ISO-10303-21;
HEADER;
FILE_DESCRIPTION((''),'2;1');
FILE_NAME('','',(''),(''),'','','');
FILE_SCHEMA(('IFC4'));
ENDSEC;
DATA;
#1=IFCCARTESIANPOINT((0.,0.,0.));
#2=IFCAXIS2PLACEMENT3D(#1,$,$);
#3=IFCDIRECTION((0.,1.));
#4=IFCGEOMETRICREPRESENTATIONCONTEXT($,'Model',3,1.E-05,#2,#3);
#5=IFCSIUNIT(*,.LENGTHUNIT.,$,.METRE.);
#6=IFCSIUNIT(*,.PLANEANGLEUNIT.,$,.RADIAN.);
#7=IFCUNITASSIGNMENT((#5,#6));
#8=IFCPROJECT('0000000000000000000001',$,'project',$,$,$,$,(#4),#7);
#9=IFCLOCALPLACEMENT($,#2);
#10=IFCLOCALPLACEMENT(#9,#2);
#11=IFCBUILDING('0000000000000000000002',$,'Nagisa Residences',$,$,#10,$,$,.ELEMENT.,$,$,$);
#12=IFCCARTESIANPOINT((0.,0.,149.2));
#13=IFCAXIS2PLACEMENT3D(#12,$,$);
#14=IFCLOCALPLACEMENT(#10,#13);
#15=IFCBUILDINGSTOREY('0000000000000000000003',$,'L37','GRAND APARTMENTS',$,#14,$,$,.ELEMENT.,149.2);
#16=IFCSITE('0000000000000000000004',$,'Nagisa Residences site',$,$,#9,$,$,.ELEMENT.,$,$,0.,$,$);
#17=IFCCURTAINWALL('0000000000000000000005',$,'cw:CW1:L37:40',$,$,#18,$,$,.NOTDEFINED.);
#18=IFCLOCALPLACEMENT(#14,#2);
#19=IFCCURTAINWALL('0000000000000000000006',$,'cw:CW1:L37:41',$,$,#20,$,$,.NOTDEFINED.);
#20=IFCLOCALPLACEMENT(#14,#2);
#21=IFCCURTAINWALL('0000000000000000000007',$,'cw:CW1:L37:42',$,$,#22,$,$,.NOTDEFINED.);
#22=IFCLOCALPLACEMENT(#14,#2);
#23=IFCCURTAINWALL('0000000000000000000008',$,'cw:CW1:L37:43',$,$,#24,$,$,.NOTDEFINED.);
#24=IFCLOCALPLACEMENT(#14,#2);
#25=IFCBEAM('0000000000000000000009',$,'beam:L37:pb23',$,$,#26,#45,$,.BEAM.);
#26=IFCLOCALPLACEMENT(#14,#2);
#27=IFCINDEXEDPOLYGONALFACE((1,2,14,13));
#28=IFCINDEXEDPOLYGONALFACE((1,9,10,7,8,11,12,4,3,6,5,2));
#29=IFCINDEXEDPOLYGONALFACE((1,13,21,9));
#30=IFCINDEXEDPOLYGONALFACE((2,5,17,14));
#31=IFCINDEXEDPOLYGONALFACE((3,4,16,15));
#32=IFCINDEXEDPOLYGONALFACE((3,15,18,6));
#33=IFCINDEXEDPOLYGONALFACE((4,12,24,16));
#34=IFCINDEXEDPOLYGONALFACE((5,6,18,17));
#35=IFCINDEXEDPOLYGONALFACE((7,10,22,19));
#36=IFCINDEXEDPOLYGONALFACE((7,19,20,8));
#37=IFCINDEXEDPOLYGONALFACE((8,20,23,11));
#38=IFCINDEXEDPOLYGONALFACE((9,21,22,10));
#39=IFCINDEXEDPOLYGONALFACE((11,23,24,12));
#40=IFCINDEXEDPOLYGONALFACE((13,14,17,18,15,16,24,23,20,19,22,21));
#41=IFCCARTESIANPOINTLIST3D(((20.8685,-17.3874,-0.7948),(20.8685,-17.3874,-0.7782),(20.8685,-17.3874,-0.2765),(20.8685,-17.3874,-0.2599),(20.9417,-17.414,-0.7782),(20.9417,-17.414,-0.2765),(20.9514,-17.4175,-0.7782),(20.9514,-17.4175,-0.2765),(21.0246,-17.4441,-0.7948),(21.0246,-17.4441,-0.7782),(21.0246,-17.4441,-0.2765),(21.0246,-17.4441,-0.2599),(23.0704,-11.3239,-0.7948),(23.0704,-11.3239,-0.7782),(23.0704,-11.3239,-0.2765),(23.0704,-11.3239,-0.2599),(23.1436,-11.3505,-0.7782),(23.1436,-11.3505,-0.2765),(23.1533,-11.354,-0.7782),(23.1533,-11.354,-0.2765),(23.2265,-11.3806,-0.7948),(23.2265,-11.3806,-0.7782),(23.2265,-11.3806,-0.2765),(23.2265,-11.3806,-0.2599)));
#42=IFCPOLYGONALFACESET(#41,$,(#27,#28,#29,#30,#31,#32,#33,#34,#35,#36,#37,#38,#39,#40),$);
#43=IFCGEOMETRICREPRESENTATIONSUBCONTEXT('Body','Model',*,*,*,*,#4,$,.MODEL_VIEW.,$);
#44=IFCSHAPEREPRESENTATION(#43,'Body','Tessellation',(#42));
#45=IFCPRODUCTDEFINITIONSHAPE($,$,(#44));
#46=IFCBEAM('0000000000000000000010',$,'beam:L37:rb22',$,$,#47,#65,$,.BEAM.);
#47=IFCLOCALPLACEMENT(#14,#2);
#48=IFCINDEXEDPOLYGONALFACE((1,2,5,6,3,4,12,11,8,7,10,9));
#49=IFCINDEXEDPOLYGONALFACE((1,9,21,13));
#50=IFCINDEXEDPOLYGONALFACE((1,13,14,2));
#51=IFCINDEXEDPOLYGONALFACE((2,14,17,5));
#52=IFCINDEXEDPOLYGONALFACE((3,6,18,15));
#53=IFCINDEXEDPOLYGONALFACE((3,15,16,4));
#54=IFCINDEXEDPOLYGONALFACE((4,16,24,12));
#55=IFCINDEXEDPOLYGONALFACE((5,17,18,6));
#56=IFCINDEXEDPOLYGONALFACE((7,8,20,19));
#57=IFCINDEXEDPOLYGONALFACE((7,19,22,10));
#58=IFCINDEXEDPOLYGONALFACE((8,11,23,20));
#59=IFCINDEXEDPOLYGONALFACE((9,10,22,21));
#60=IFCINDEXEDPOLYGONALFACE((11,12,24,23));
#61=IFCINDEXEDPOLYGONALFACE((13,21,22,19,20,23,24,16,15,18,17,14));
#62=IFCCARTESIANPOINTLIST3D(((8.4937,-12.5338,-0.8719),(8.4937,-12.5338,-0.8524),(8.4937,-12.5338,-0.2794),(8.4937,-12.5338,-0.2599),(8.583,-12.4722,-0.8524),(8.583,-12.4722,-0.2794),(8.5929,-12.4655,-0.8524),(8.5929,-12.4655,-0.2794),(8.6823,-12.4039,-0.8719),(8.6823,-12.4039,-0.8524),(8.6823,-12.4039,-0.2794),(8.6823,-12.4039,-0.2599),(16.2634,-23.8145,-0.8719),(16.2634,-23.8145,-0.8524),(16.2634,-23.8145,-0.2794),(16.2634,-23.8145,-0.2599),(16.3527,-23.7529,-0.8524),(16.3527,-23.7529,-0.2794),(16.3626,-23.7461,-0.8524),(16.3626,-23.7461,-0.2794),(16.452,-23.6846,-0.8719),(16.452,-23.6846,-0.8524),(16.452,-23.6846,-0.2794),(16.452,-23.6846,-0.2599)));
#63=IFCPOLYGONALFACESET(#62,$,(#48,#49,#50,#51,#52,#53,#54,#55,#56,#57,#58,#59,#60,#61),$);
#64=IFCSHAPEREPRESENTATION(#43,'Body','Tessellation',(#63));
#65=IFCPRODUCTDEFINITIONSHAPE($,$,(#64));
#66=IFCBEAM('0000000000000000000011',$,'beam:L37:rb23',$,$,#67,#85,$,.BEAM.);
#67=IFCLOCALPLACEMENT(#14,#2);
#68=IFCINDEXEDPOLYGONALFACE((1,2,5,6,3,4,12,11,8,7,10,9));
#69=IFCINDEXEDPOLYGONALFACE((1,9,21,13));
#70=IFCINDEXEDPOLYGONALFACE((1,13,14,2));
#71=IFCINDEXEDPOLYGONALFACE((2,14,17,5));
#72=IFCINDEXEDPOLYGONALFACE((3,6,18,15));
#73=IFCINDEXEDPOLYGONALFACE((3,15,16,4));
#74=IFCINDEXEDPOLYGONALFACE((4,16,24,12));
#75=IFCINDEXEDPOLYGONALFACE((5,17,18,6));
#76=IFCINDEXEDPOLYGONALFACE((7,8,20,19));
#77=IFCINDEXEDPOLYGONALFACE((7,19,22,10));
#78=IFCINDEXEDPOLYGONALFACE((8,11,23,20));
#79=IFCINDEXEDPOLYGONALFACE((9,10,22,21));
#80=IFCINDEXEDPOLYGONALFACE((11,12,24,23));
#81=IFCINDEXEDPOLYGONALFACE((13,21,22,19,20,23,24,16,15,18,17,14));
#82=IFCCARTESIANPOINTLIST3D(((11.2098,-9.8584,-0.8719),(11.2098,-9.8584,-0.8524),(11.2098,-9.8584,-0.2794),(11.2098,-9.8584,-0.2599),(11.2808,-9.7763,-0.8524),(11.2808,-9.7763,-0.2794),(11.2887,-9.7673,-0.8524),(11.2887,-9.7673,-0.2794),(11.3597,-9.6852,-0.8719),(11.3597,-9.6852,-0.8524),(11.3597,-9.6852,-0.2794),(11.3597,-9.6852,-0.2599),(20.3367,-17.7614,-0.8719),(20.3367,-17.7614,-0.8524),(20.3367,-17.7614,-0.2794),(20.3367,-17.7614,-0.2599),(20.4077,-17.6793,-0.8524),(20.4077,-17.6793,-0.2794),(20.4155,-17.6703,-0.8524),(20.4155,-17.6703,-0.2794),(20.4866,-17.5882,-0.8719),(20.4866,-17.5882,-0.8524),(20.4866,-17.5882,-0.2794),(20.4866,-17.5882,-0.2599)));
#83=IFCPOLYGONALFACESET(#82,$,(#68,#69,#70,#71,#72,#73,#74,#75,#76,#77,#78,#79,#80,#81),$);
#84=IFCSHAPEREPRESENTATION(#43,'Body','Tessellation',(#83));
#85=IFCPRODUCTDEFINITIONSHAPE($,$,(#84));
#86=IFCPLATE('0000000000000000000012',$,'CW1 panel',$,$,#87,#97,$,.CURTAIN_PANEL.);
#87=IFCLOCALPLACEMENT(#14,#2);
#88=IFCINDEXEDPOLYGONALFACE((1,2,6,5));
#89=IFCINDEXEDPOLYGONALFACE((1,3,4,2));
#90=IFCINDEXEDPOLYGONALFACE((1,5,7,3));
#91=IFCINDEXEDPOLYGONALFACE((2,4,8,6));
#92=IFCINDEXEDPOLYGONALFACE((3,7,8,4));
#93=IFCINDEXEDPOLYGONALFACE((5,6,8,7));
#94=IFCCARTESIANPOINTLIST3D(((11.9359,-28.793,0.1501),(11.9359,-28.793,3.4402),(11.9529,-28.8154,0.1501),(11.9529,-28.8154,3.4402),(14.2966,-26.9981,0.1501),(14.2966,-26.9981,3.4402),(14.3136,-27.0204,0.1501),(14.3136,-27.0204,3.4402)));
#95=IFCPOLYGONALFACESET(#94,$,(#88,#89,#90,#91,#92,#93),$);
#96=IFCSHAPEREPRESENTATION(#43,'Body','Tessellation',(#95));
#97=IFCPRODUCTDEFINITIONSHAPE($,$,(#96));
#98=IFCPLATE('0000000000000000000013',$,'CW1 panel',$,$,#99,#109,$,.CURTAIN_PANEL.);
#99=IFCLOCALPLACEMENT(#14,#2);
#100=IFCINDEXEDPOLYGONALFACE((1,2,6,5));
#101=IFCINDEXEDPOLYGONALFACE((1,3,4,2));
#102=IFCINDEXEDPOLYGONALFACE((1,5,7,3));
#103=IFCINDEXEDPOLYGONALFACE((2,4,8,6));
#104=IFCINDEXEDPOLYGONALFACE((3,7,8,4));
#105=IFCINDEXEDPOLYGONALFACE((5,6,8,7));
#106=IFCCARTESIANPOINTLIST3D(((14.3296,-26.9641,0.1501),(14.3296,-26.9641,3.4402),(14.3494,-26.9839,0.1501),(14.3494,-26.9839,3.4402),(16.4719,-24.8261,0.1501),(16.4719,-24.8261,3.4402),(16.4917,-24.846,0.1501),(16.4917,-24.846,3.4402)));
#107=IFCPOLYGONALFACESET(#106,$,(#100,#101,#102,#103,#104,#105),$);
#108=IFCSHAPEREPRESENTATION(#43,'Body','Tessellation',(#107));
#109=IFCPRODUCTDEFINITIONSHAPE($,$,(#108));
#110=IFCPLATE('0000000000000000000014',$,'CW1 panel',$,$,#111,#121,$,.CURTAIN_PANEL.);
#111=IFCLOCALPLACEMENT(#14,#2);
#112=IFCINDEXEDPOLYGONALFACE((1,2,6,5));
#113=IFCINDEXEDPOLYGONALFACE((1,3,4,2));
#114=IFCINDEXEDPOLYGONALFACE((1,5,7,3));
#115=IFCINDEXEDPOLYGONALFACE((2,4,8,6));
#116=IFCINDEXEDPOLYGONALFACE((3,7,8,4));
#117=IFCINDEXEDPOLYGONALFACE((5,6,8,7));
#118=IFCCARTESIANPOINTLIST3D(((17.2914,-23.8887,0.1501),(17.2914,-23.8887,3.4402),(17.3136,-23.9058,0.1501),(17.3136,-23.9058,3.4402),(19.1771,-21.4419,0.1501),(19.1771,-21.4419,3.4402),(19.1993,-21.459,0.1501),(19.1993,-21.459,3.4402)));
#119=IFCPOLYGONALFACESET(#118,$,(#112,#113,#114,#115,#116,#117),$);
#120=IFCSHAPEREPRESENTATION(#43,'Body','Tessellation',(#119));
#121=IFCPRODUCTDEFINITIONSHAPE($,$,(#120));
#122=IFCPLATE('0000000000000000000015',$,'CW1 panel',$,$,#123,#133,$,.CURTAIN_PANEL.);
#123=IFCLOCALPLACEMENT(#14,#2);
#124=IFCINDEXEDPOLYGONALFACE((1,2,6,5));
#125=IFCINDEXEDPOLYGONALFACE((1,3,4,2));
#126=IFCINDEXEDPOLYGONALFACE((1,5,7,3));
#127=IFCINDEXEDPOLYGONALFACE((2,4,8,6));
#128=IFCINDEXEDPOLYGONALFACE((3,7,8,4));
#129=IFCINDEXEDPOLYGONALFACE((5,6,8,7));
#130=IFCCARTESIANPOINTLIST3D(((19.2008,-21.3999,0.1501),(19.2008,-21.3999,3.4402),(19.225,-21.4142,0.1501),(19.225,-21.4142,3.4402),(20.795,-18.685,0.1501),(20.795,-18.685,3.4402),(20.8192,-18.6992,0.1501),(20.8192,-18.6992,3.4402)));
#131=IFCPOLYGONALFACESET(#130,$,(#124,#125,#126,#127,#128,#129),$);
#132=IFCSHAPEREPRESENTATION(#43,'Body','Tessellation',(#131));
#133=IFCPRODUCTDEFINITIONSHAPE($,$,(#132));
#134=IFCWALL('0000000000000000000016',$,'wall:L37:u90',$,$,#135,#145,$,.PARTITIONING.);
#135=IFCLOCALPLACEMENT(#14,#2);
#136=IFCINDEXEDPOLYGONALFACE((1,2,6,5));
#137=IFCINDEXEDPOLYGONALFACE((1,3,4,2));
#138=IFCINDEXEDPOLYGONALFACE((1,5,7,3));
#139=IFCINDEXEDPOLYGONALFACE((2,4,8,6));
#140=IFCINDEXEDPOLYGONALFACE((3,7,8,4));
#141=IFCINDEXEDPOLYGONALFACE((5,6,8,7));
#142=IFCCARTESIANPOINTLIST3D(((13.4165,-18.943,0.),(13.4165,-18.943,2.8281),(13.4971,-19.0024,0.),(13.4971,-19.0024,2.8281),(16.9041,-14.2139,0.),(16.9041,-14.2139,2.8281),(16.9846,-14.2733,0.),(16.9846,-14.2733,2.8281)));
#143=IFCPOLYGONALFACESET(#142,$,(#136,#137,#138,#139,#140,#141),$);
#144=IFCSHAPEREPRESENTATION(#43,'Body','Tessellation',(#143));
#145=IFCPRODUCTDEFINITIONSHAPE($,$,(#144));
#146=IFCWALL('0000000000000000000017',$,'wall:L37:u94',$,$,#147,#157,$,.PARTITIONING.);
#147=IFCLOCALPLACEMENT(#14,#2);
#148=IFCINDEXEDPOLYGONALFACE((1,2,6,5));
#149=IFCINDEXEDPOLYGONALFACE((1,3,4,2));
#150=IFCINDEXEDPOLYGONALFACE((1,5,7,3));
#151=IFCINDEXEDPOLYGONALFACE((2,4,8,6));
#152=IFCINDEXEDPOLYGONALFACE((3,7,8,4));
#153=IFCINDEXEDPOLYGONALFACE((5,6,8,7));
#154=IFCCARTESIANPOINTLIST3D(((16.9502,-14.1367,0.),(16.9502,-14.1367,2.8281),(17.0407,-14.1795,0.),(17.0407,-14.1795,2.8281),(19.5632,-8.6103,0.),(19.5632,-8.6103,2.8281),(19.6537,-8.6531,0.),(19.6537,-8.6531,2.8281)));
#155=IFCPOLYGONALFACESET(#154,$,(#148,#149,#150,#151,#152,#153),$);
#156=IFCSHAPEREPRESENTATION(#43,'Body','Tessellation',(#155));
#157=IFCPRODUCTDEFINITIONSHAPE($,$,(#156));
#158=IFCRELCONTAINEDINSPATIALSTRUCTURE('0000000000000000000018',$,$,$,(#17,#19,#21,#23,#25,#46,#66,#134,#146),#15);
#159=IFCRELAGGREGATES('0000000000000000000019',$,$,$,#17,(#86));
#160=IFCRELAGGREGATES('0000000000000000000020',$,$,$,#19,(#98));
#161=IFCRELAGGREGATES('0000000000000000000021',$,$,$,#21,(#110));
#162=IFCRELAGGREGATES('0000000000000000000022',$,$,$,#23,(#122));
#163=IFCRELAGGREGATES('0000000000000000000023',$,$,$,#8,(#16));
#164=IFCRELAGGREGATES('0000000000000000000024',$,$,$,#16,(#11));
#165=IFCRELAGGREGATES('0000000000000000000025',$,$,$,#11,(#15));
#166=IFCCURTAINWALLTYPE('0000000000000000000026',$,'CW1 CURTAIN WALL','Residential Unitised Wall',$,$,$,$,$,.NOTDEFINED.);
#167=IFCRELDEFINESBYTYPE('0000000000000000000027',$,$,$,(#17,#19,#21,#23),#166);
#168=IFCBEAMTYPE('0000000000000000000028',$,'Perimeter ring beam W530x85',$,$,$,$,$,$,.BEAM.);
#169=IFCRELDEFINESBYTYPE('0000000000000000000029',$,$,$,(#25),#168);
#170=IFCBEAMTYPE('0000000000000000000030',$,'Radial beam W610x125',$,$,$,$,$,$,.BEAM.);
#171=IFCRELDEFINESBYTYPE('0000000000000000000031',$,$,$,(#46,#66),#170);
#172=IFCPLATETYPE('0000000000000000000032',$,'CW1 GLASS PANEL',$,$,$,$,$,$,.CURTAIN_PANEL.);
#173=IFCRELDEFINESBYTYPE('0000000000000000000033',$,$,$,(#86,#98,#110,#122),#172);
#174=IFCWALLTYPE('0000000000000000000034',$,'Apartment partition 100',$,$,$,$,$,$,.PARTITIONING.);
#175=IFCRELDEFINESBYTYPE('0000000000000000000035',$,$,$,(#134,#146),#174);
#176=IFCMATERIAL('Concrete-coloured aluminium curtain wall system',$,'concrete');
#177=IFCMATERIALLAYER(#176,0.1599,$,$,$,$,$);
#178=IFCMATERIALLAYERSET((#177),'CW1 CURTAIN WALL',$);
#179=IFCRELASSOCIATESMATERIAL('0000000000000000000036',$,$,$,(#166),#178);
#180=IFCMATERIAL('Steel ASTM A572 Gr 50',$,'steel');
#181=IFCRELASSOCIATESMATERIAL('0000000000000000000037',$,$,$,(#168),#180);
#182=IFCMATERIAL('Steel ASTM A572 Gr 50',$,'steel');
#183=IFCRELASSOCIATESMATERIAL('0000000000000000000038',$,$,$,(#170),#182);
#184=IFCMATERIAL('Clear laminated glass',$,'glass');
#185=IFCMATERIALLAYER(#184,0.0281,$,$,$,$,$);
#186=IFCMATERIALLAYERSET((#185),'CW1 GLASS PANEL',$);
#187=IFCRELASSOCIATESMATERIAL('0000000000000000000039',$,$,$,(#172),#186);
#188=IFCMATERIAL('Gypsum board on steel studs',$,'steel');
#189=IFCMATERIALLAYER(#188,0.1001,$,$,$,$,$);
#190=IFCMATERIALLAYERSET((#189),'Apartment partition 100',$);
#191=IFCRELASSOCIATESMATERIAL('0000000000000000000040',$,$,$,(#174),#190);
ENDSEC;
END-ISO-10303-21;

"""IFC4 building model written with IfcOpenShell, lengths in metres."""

from ifc_helpers import new_model, si_unit, direction, frame, frame_2d, origin, origin_2d, place, context, subcontext, project, spatial, rectangle, i_section, extrude, material, layer, layer_set, material_profile, profile_set, type_object, element, aggregate, save


model = new_model("IFC4")

# Units and contexts
model_context = context("Model", 3, precision=1e-05, world=origin(), true_north=direction((0.0, 1.0)))
body_context = subcontext(model_context, "Body", "Model", "MODEL_VIEW")
ifc_project = project(units=[si_unit("LENGTHUNIT", "METRE"), si_unit("PLANEANGLEUNIT", "RADIAN")], contexts=[model_context])

# Site, building, storey
site_placement = place(None, origin())
site = spatial("IfcSite", under=ifc_project, at=site_placement, Name="Nagisa Residences site", CompositionType="ELEMENT", RefElevation=0.0)
building_placement = place(site_placement, origin())
building = spatial("IfcBuilding", under=site, at=building_placement, Name="Nagisa Residences", CompositionType="ELEMENT")
storey_placement = place(building_placement, frame((0.0, 0.0, 149.2)))
storey = spatial("IfcBuildingStorey", under=building, at=storey_placement, Name="L37", Description="GRAND APARTMENTS", CompositionType="ELEMENT", Elevation=149.2)

# Curtain walls
ifc_material_1 = material(Name="Concrete-coloured aluminium curtain wall system", Category="concrete")
ifc_layer_1 = layer(ifc_material_1, 0.1599)
ifc_layer_set_1 = layer_set([ifc_layer_1], Name="CW1 CURTAIN WALL")
curtain_wall_type = type_object("IfcCurtainWallType", Name="CW1 CURTAIN WALL", Description="Residential Unitised Wall", PredefinedType="NOTDEFINED", material=ifc_layer_set_1)
curtain_wall_1_placement = place(storey_placement, origin())
curtain_wall_1 = element("IfcCurtainWall", 1, at=curtain_wall_1_placement, inside=storey, type_object=curtain_wall_type, Name="cw:CW1:L37:40", PredefinedType="NOTDEFINED")
curtain_wall_2_placement = place(storey_placement, origin())
curtain_wall_2 = element("IfcCurtainWall", 2, at=curtain_wall_2_placement, inside=storey, type_object=curtain_wall_type, Name="cw:CW1:L37:41", PredefinedType="NOTDEFINED")
curtain_wall_3_placement = place(storey_placement, origin())
curtain_wall_3 = element("IfcCurtainWall", 3, at=curtain_wall_3_placement, inside=storey, type_object=curtain_wall_type, Name="cw:CW1:L37:42", PredefinedType="NOTDEFINED")
curtain_wall_4_placement = place(storey_placement, origin())
curtain_wall_4 = element("IfcCurtainWall", 4, at=curtain_wall_4_placement, inside=storey, type_object=curtain_wall_type, Name="cw:CW1:L37:43", PredefinedType="NOTDEFINED")

# Beams
ifc_material_2 = material(Name="Steel ASTM A572 Gr 50", Category="steel")
ifc_material_profile_1 = material_profile(ifc_material_2, i_section(OverallWidth=0.166, OverallDepth=0.5349, WebThickness=0.0103, FlangeThickness=0.0166, at=origin_2d()), Name="W530x85")
ifc_profile_set_1 = profile_set([ifc_material_profile_1], Name="Steel ASTM A572 Gr 50")
beam_type_1 = type_object("IfcBeamType", Name="Perimeter ring beam W530x85", PredefinedType="BEAM", material=ifc_profile_set_1)
beam_1_placement = place(storey_placement, frame((20.9465, -17.4158, -0.5273), z_axis=(0.341333, 0.939943, 0.0), x_axis=(-0.939943, 0.341333, 0.0)))
element("IfcBeam", 5, at=beam_1_placement, inside=storey, type_object=beam_type_1, Name="beam:L37:pb23", PredefinedType="BEAM", context=body_context, shape_type="SweptSolid", body=[
    extrude(i_section(OverallWidth=0.166, OverallDepth=0.5349, WebThickness=0.0103, FlangeThickness=0.0166, at=origin_2d()), origin(), (0.0, 0.0, 1.0), 6.4509),
])
ifc_material_3 = material(Name="Steel ASTM A572 Gr 50", Category="steel")
ifc_material_profile_2 = material_profile(ifc_material_3, i_section(OverallWidth=0.229, OverallDepth=0.6121, WebThickness=0.012, FlangeThickness=0.0195, at=origin_2d()), Name="W610x125")
ifc_profile_set_2 = profile_set([ifc_material_profile_2], Name="Steel ASTM A572 Gr 50")
beam_type_2 = type_object("IfcBeamType", Name="Radial beam W610x125", PredefinedType="BEAM", material=ifc_profile_set_2)
beam_2_placement = place(storey_placement, frame((16.3577, -23.7495, -0.5659), z_axis=(-0.567235, 0.823556, 0.0), x_axis=(-0.823556, -0.567235, 0.0)))
element("IfcBeam", 6, at=beam_2_placement, inside=storey, type_object=beam_type_2, Name="beam:L37:rb22", PredefinedType="BEAM", context=body_context, shape_type="SweptSolid", body=[
    extrude(i_section(OverallWidth=0.229, OverallDepth=0.6121, WebThickness=0.012, FlangeThickness=0.0195, at=origin_2d()), origin(), (0.0, 0.0, 1.0), 13.6975),
])
beam_3_placement = place(storey_placement, frame((20.4116, -17.6748, -0.5659), z_axis=(-0.755974, 0.654602, 0.0), x_axis=(-0.654602, -0.755974, 0.0)))
element("IfcBeam", 7, at=beam_3_placement, inside=storey, type_object=beam_type_2, Name="beam:L37:rb23", PredefinedType="BEAM", context=body_context, shape_type="SweptSolid", body=[
    extrude(i_section(OverallWidth=0.229, OverallDepth=0.6121, WebThickness=0.012, FlangeThickness=0.0195, at=origin_2d()), origin(), (0.0, 0.0, 1.0), 12.073),
])

# Plates
ifc_material_4 = material(Name="Clear laminated glass", Category="glass")
ifc_layer_2 = layer(ifc_material_4, 0.0281)
ifc_layer_set_2 = layer_set([ifc_layer_2], Name="CW1 GLASS PANEL")
plate_type = type_object("IfcPlateType", Name="CW1 GLASS PANEL", PredefinedType="CURTAIN_PANEL", material=ifc_layer_set_2)
plate_1_placement = place(storey_placement, frame((13.1248, -27.9067, 0.1501), z_axis=(0.0, 0.0, 1.0), x_axis=(0.796031, 0.605255, 0.0)))
plate_1 = element("IfcPlate", 8, at=plate_1_placement, type_object=plate_type, Name="CW1 panel", PredefinedType="CURTAIN_PANEL", context=body_context, shape_type="SweptSolid", body=[
    extrude(rectangle(XDim=2.9656, YDim=0.0281, at=origin_2d()), origin(), (0.0, 0.0, 1.0), 3.29),
])
aggregate(curtain_wall_1, [plate_1])
plate_2_placement = place(storey_placement, frame((15.4106, -25.905, 0.1501), z_axis=(0.0, 0.0, 1.0), x_axis=(0.707836, 0.706377, 0.0)))
plate_2 = element("IfcPlate", 9, at=plate_2_placement, type_object=plate_type, Name="CW1 panel", PredefinedType="CURTAIN_PANEL", context=body_context, shape_type="SweptSolid", body=[
    extrude(rectangle(XDim=3.0266, YDim=0.0281, at=origin_2d()), origin(), (0.0, 0.0, 1.0), 3.29),
])
aggregate(curtain_wall_2, [plate_2])
plate_3_placement = place(storey_placement, frame((18.2454, -22.6738, 0.1501), z_axis=(0.0, 0.0, 1.0), x_axis=(0.61043, 0.79207, 0.0)))
plate_3 = element("IfcPlate", 10, at=plate_3_placement, type_object=plate_type, Name="CW1 panel", PredefinedType="CURTAIN_PANEL", context=body_context, shape_type="SweptSolid", body=[
    extrude(rectangle(XDim=3.0891, YDim=0.0281, at=origin_2d()), origin(), (0.0, 0.0, 1.0), 3.29),
])
aggregate(curtain_wall_3, [plate_3])
plate_4_placement = place(storey_placement, frame((20.01, -20.0496, 0.1501), z_axis=(0.0, 0.0, 1.0), x_axis=(0.506349, 0.862329, 0.0)))
plate_4 = element("IfcPlate", 11, at=plate_4_placement, type_object=plate_type, Name="CW1 panel", PredefinedType="CURTAIN_PANEL", context=body_context, shape_type="SweptSolid", body=[
    extrude(rectangle(XDim=3.1484, YDim=0.0281, at=origin_2d()), origin(), (0.0, 0.0, 1.0), 3.29),
])
aggregate(curtain_wall_4, [plate_4])

# Walls
ifc_material_5 = material(Name="Gypsum board on steel studs", Category="steel")
ifc_layer_3 = layer(ifc_material_5, 0.1001)
ifc_layer_set_3 = layer_set([ifc_layer_3], Name="Apartment partition 100")
wall_type_1 = type_object("IfcWallType", Name="Apartment partition 100", PredefinedType="PARTITIONING", material=ifc_layer_set_3)
wall_1_placement = place(storey_placement, frame((13.4568, -18.9727, 0.0), z_axis=(0.0, 0.0, 1.0), x_axis=(0.593532, 0.80481, 0.0)))
element("IfcWall", 12, at=wall_1_placement, inside=storey, type_object=wall_type_1, Name="wall:L37:u90", PredefinedType="PARTITIONING", context=body_context, shape_type="SweptSolid", body=[
    extrude(rectangle(XDim=5.876, YDim=0.1001, at=frame_2d((2.938, 0.0))), origin(), (0.0, 0.0, 1.0), 2.8281),
])
wall_2_placement = place(storey_placement, frame((16.9954, -14.1582, 0.0), z_axis=(0.0, 0.0, 1.0), x_axis=(0.427456, 0.904036, 0.0)))
element("IfcWall", 13, at=wall_2_placement, inside=storey, type_object=wall_type_1, Name="wall:L37:u94", PredefinedType="PARTITIONING", context=body_context, shape_type="SweptSolid", body=[
    extrude(rectangle(XDim=6.113, YDim=0.1001, at=frame_2d((3.0566, 0.0))), origin(), (0.0, 0.0, 1.0), 2.8281),
])

save(model, "model.ifc")
